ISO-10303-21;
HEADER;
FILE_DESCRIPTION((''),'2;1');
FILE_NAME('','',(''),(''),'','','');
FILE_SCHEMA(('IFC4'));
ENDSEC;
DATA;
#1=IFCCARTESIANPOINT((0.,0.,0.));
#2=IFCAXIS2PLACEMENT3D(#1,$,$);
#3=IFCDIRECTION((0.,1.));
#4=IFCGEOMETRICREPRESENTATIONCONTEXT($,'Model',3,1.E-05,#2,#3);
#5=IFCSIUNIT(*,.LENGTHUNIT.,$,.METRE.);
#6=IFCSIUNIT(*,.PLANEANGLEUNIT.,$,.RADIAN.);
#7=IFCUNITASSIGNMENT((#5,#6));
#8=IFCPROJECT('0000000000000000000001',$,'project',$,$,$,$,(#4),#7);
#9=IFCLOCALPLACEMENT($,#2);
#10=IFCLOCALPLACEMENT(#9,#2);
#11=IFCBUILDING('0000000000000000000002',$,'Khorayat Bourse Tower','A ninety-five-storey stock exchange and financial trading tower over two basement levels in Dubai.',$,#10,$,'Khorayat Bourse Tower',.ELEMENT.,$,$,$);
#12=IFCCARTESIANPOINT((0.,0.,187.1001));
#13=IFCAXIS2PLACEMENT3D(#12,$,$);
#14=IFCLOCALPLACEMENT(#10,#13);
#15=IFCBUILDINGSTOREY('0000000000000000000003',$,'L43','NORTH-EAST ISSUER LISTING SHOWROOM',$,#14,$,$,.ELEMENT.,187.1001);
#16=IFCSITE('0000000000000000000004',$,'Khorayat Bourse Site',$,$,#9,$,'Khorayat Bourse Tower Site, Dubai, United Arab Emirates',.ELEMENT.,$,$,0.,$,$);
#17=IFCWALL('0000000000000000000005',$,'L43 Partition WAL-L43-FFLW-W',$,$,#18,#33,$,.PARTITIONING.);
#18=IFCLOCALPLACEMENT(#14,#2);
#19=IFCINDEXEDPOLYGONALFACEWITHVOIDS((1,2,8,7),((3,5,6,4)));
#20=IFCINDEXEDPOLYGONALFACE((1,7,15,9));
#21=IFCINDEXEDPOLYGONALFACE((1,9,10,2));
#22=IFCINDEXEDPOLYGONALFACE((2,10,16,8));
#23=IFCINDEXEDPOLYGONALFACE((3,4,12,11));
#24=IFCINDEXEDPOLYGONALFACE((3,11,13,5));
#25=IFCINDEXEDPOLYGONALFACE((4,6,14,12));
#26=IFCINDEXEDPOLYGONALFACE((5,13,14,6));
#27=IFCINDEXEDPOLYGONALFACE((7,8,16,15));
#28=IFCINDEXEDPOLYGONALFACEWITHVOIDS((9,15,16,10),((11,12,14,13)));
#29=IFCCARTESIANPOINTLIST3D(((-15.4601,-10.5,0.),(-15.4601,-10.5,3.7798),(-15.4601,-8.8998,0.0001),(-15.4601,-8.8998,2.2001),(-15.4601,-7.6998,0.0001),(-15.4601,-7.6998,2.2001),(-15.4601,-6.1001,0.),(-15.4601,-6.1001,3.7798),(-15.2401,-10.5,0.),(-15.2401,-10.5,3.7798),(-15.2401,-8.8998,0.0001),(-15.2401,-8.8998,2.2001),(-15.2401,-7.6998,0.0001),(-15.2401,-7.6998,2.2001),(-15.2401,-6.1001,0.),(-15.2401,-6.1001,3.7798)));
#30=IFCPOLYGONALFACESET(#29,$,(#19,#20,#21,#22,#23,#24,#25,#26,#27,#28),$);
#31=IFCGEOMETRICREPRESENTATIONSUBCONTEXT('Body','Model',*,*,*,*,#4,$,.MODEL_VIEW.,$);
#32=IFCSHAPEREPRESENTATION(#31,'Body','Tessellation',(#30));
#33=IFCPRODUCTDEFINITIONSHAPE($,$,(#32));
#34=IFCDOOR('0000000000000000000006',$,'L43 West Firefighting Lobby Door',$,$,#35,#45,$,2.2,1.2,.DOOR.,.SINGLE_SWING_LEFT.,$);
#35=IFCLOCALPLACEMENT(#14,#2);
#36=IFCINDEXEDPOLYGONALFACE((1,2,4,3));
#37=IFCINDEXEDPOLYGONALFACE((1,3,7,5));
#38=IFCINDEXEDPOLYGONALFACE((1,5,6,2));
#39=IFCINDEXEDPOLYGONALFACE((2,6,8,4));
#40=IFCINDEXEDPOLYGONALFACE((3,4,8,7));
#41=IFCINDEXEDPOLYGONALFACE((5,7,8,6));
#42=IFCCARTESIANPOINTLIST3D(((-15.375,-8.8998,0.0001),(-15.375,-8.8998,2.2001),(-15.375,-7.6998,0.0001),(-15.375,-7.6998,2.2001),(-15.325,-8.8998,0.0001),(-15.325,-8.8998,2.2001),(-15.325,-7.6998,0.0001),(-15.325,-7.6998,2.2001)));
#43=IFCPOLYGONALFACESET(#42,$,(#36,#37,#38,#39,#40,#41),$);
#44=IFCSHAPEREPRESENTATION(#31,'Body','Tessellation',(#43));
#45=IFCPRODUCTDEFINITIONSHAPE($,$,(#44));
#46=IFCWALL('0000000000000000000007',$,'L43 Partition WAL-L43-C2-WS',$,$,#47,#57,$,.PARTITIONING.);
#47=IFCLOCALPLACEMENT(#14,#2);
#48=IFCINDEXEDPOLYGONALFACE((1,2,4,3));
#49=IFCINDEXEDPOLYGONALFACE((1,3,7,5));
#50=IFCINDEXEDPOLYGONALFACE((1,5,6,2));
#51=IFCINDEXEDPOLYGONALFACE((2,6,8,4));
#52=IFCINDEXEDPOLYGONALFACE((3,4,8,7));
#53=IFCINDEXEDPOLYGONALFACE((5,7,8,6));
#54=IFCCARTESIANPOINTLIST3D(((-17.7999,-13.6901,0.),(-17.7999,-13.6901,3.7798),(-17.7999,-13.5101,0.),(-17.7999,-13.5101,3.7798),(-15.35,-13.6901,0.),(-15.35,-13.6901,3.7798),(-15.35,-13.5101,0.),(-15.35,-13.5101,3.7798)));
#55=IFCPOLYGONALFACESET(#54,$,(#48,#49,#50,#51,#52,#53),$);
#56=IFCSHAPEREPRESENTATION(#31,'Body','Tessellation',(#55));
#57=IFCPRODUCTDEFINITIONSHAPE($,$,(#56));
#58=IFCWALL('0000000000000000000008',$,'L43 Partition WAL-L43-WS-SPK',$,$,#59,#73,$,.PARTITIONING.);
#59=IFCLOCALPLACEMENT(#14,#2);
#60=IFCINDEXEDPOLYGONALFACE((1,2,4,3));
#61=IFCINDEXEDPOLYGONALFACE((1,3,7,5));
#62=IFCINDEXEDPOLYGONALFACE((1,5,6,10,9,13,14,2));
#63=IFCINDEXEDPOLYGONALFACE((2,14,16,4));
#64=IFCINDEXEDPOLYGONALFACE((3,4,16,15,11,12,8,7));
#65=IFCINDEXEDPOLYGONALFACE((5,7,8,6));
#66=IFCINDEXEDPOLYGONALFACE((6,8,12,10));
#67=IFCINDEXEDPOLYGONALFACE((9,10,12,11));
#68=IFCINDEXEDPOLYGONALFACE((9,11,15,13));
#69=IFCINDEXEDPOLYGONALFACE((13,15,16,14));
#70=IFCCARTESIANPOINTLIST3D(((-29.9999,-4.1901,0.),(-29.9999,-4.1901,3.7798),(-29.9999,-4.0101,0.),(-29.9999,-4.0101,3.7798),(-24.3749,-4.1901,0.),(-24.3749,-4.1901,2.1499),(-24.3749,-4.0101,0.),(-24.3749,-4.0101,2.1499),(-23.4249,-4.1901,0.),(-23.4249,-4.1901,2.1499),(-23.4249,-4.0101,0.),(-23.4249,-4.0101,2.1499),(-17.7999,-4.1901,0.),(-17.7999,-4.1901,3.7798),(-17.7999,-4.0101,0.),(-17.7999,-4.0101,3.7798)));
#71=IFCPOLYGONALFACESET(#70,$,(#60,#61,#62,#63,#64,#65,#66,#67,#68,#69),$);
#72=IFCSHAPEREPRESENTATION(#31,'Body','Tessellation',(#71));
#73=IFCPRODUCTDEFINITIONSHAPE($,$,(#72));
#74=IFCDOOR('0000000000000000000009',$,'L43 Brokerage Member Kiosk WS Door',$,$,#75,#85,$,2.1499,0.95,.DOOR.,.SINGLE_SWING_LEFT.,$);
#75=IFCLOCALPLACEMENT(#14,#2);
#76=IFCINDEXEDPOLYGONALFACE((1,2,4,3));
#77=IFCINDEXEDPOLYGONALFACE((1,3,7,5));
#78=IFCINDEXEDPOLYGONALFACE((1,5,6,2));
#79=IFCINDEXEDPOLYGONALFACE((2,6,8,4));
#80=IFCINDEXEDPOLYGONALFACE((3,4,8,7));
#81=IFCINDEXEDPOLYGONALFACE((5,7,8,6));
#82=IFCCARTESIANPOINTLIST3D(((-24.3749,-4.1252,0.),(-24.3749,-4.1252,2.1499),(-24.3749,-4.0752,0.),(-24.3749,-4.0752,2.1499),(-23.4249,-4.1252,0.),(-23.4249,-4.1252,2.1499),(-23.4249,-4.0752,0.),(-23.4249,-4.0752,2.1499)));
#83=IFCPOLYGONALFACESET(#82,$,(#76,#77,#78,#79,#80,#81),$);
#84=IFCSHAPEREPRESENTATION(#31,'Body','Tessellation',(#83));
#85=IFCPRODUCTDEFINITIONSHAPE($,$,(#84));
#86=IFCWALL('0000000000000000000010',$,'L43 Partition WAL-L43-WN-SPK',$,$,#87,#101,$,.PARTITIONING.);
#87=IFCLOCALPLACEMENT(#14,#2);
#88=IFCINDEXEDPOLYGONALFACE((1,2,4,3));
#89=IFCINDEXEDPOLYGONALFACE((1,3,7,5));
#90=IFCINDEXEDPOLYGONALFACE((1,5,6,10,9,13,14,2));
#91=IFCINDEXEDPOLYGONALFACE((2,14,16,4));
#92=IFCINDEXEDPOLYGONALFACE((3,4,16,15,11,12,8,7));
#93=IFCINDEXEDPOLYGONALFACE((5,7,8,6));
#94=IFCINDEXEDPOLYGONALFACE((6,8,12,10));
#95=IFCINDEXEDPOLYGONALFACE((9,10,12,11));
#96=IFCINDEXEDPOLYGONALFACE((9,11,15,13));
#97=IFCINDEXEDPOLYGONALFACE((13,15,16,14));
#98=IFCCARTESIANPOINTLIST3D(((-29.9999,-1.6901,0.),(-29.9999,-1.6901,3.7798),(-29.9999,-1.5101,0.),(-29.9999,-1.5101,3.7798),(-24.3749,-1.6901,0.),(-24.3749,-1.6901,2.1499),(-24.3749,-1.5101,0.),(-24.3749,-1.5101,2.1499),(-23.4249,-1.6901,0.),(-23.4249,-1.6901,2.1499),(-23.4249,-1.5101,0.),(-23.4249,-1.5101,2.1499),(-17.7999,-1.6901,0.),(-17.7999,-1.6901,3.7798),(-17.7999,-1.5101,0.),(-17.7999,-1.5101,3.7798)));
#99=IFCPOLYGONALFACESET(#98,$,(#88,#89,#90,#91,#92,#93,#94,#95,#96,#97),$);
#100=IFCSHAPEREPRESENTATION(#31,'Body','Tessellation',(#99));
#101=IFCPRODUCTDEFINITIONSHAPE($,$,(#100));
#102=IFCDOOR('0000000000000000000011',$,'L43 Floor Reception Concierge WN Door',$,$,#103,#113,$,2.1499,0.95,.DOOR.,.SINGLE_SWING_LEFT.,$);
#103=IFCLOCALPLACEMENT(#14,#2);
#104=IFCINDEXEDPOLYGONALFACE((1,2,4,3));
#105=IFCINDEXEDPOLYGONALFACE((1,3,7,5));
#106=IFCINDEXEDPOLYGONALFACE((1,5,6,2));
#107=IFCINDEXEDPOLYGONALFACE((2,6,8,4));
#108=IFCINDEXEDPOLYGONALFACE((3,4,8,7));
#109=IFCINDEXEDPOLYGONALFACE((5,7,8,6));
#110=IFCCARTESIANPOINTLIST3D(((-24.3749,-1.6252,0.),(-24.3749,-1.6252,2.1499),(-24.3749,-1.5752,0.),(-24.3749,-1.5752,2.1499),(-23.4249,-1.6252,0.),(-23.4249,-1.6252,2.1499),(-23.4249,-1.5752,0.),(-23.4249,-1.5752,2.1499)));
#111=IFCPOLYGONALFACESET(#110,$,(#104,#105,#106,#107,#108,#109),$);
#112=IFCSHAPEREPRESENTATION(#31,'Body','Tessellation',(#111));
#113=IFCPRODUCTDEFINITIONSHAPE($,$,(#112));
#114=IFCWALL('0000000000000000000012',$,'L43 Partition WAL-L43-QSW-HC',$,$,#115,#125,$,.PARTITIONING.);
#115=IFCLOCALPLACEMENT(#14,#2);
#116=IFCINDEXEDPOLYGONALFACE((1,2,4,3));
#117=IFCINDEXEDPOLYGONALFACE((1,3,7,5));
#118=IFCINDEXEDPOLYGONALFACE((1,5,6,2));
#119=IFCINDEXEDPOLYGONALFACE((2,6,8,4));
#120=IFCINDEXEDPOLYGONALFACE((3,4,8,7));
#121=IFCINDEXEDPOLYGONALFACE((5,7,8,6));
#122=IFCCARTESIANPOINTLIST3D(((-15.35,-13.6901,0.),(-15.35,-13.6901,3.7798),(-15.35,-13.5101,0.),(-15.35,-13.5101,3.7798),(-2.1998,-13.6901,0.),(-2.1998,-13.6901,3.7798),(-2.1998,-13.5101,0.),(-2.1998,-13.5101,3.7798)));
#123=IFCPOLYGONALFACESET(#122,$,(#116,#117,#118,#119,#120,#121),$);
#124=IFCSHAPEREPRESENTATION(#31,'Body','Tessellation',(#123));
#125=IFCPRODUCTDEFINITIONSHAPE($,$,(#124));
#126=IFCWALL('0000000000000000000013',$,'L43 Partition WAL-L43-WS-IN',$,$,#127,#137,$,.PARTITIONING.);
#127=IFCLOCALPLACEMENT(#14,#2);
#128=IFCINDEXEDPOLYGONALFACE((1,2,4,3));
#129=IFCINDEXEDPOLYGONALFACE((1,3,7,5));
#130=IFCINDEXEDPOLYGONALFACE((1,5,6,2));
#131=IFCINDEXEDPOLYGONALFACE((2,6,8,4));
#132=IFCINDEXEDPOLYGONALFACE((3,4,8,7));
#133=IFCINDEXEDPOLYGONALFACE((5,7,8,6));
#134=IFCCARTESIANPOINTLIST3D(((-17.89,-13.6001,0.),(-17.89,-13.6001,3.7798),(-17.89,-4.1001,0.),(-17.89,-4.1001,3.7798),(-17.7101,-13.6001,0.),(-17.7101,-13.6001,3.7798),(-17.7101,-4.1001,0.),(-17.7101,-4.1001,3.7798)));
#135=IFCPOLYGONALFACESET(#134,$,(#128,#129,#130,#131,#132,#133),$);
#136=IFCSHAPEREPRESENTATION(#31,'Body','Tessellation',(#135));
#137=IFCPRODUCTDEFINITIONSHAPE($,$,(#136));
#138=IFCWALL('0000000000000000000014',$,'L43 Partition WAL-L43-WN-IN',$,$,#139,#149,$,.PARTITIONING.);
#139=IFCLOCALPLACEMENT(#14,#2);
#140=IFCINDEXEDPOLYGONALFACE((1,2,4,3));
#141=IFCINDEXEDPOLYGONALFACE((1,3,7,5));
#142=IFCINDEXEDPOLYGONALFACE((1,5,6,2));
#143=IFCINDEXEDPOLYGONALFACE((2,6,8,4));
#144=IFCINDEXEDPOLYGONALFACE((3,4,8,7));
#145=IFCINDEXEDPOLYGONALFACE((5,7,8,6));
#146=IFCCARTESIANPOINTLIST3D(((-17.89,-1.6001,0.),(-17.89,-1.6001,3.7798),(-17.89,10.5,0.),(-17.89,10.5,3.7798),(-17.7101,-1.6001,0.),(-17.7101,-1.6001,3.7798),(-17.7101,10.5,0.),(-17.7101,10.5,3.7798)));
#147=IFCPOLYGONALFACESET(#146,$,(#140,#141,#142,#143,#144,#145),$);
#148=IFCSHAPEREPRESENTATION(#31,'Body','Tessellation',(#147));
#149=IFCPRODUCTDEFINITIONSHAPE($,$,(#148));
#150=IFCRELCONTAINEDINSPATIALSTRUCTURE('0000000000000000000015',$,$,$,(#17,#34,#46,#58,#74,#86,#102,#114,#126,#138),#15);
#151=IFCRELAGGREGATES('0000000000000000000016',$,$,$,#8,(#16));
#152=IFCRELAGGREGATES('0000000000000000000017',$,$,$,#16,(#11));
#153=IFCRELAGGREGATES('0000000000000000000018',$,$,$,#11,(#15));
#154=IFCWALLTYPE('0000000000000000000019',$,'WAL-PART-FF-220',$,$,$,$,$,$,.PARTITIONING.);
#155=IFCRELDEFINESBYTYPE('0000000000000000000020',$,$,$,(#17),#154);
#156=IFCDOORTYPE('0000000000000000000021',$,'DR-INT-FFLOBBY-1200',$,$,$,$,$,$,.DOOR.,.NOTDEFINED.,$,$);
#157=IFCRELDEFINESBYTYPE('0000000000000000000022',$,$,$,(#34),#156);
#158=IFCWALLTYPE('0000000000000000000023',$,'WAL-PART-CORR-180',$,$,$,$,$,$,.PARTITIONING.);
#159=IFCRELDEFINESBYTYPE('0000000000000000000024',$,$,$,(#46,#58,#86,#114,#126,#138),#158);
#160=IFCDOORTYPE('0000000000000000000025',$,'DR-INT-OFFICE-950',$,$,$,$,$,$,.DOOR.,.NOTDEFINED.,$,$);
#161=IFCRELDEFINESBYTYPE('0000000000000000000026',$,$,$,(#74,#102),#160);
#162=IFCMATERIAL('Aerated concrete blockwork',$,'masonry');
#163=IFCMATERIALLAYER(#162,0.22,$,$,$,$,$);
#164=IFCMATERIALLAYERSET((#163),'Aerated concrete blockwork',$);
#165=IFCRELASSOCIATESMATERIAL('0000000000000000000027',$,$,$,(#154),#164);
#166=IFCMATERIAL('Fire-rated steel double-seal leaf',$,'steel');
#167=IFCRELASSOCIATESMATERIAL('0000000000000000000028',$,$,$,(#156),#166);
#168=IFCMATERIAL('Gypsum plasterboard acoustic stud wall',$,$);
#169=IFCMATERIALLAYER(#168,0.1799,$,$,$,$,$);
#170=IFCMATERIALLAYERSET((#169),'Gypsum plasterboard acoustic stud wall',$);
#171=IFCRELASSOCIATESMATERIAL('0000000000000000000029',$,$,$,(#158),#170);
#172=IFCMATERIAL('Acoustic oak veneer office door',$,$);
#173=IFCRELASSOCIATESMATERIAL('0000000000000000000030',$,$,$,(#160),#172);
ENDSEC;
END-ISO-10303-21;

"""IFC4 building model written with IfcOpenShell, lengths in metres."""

from ifc_helpers import new_model, si_unit, direction, frame, frame_2d, origin, place, context, subcontext, project, spatial, rectangle, extrude, source, transform, mapped, material, layer, layer_set, type_object, element, fill, save


model = new_model("IFC4")

# Units and contexts
model_context = context("Model", 3, precision=1e-05, world=origin(), true_north=direction((0.0, 1.0)))
body_context = subcontext(model_context, "Body", "Model", "MODEL_VIEW")
ifc_project = project(units=[si_unit("LENGTHUNIT", "METRE"), si_unit("PLANEANGLEUNIT", "RADIAN")], contexts=[model_context])

# Site, building, storey
site_placement = place(None, origin())
site = spatial("IfcSite", under=ifc_project, at=site_placement, Name="Khorayat Bourse Site", LongName="Khorayat Bourse Tower Site, Dubai, United Arab Emirates", CompositionType="ELEMENT", RefElevation=0.0)
building_placement = place(site_placement, origin())
building = spatial("IfcBuilding", under=site, at=building_placement, Name="Khorayat Bourse Tower", Description="A ninety-five-storey stock exchange and financial trading tower over two basement levels in Dubai.", LongName="Khorayat Bourse Tower", CompositionType="ELEMENT")
storey_placement = place(building_placement, frame((0.0, 0.0, 187.1001)))
storey = spatial("IfcBuildingStorey", under=building, at=storey_placement, Name="L43", Description="NORTH-EAST ISSUER LISTING SHOWROOM", CompositionType="ELEMENT", Elevation=187.1001)

# Shared definitions
ifc_material_1 = material(Name="Aerated concrete blockwork", Category="masonry")
ifc_layer_1 = layer(ifc_material_1, 0.22)
ifc_layer_set_1 = layer_set([ifc_layer_1], Name="Aerated concrete blockwork")
wall_type_1 = type_object("IfcWallType", Name="WAL-PART-FF-220", PredefinedType="PARTITIONING", material=ifc_layer_set_1)

# Wall, opening, door
shared_shape_1 = source(origin(), body_context, "Body", "SweptSolid", [
    extrude(rectangle(XDim=4.3999, YDim=0.22, at=frame_2d((2.2, 0.0))), origin(), (0.0, 0.0, 1.0), 3.7798),
])
wall_1_placement = place(storey_placement, frame((-15.3501, -10.5, 0.0), z_axis=(0.0, 0.0, 1.0), x_axis=(0.0, 1.0, 0.0)))
wall_1 = element("IfcWall", 1, at=wall_1_placement, inside=storey, type_object=wall_type_1, Name="L43 Partition WAL-L43-FFLW-W", PredefinedType="PARTITIONING", context=body_context, shape_type="MappedRepresentation", body=[
    mapped(shared_shape_1, transform((0.0, 0.0, 0.0), scale=1.0)),
])
shared_shape_2 = source(origin(), body_context, "Body", "SweptSolid", [
    extrude(rectangle(XDim=1.2, YDim=2.2, at=frame_2d((0.6001, 1.1001))), frame((0.0, 0.1199, 0.0), z_axis=(0.0, -1.0, 0.0), x_axis=(1.0, 0.0, 0.0)), (0.0, 0.0, 1.0), 0.24),
])
opening_1_placement = place(wall_1_placement, frame((1.6001, 0.0, 0.0)))
opening_1 = element("IfcOpeningElement", 2, at=opening_1_placement, cuts=wall_1, PredefinedType="OPENING", context=body_context, shape_type="MappedRepresentation", body=[
    mapped(shared_shape_2, transform((0.0, 0.0, 0.0), scale=1.0)),
])
ifc_material_2 = material(Name="Fire-rated steel double-seal leaf", Category="steel")
door_type_1 = type_object("IfcDoorType", Name="DR-INT-FFLOBBY-1200", OperationType="NOTDEFINED", PredefinedType="DOOR", material=ifc_material_2)
shared_shape_3 = source(origin(), body_context, "Body", "SweptSolid", [
    extrude(rectangle(XDim=1.2, YDim=2.2, at=frame_2d((0.6001, 1.1001))), frame((0.0, 0.0249, 0.0), z_axis=(0.0, -1.0, 0.0), x_axis=(1.0, 0.0, 0.0)), (0.0, 0.0, 1.0), 0.05),
])
door_1_placement = place(opening_1_placement, origin())
door_1 = element("IfcDoor", 3, at=door_1_placement, inside=storey, type_object=door_type_1, Name="L43 West Firefighting Lobby Door", OperationType="SINGLE_SWING_LEFT", OverallHeight=2.2, OverallWidth=1.2, PredefinedType="DOOR", context=body_context, shape_type="MappedRepresentation", body=[
    mapped(shared_shape_3, transform((0.0, 0.0, 0.0), scale=1.0)),
])
fill(opening_1, door_1)

# Wall
ifc_material_3 = material(Name="Gypsum plasterboard acoustic stud wall")
ifc_layer_2 = layer(ifc_material_3, 0.1799)
ifc_layer_set_2 = layer_set([ifc_layer_2], Name="Gypsum plasterboard acoustic stud wall")
wall_type_2 = type_object("IfcWallType", Name="WAL-PART-CORR-180", PredefinedType="PARTITIONING", material=ifc_layer_set_2)
shared_shape_4 = source(origin(), body_context, "Body", "SweptSolid", [
    extrude(rectangle(XDim=2.45, YDim=0.1799, at=frame_2d((1.2251, 0.0))), origin(), (0.0, 0.0, 1.0), 3.7798),
])
wall_2_placement = place(storey_placement, frame((-17.8, -13.6001, 0.0), z_axis=(0.0, 0.0, 1.0), x_axis=(1.0, 0.0, 0.0)))
element("IfcWall", 4, at=wall_2_placement, inside=storey, type_object=wall_type_2, Name="L43 Partition WAL-L43-C2-WS", PredefinedType="PARTITIONING", context=body_context, shape_type="MappedRepresentation", body=[
    mapped(shared_shape_4, transform((0.0, 0.0, 0.0), scale=1.0)),
])

# Walls, openings, doors
shared_shape_5 = source(origin(), body_context, "Body", "SweptSolid", [
    extrude(rectangle(XDim=12.2, YDim=0.1799, at=frame_2d((6.1001, 0.0))), origin(), (0.0, 0.0, 1.0), 3.7798),
])
wall_3_placement = place(storey_placement, frame((-30.0, -4.1001, 0.0), z_axis=(0.0, 0.0, 1.0), x_axis=(1.0, 0.0, 0.0)))
wall_3 = element("IfcWall", 5, at=wall_3_placement, inside=storey, type_object=wall_type_2, Name="L43 Partition WAL-L43-WS-SPK", PredefinedType="PARTITIONING", context=body_context, shape_type="MappedRepresentation", body=[
    mapped(shared_shape_5, transform((0.0, 0.0, 0.0), scale=1.0)),
])
shared_shape_6 = source(origin(), body_context, "Body", "SweptSolid", [
    extrude(rectangle(XDim=0.95, YDim=2.1499, at=frame_2d((0.4751, 1.075))), frame((0.0, 0.0999, 0.0), z_axis=(0.0, -1.0, 0.0), x_axis=(1.0, 0.0, 0.0)), (0.0, 0.0, 1.0), 0.2),
])
opening_2_placement = place(wall_3_placement, frame((5.625, 0.0, 0.0)))
opening_2 = element("IfcOpeningElement", 6, at=opening_2_placement, cuts=wall_3, PredefinedType="OPENING", context=body_context, shape_type="MappedRepresentation", body=[
    mapped(shared_shape_6, transform((0.0, 0.0, 0.0), scale=1.0)),
])
ifc_material_4 = material(Name="Acoustic oak veneer office door")
door_type_2 = type_object("IfcDoorType", Name="DR-INT-OFFICE-950", OperationType="NOTDEFINED", PredefinedType="DOOR", material=ifc_material_4)
shared_shape_7 = source(origin(), body_context, "Body", "SweptSolid", [
    extrude(rectangle(XDim=0.95, YDim=2.1499, at=frame_2d((0.4751, 1.075))), frame((0.0, 0.0249, 0.0), z_axis=(0.0, -1.0, 0.0), x_axis=(1.0, 0.0, 0.0)), (0.0, 0.0, 1.0), 0.05),
])
door_2_placement = place(opening_2_placement, origin())
door_2 = element("IfcDoor", 7, at=door_2_placement, inside=storey, type_object=door_type_2, Name="L43 Brokerage Member Kiosk WS Door", OperationType="SINGLE_SWING_LEFT", OverallHeight=2.1499, OverallWidth=0.95, PredefinedType="DOOR", context=body_context, shape_type="MappedRepresentation", body=[
    mapped(shared_shape_7, transform((0.0, 0.0, 0.0), scale=1.0)),
])
fill(opening_2, door_2)
wall_4_placement = place(storey_placement, frame((-30.0, -1.6001, 0.0), z_axis=(0.0, 0.0, 1.0), x_axis=(1.0, 0.0, 0.0)))
wall_4 = element("IfcWall", 8, at=wall_4_placement, inside=storey, type_object=wall_type_2, Name="L43 Partition WAL-L43-WN-SPK", PredefinedType="PARTITIONING", context=body_context, shape_type="MappedRepresentation", body=[
    mapped(shared_shape_5, transform((0.0, 0.0, 0.0), scale=1.0)),
])
opening_3_placement = place(wall_4_placement, frame((5.625, 0.0, 0.0)))
opening_3 = element("IfcOpeningElement", 9, at=opening_3_placement, cuts=wall_4, PredefinedType="OPENING", context=body_context, shape_type="MappedRepresentation", body=[
    mapped(shared_shape_6, transform((0.0, 0.0, 0.0), scale=1.0)),
])
door_3_placement = place(opening_3_placement, origin())
door_3 = element("IfcDoor", 10, at=door_3_placement, inside=storey, type_object=door_type_2, Name="L43 Floor Reception Concierge WN Door", OperationType="SINGLE_SWING_LEFT", OverallHeight=2.1499, OverallWidth=0.95, PredefinedType="DOOR", context=body_context, shape_type="MappedRepresentation", body=[
    mapped(shared_shape_7, transform((0.0, 0.0, 0.0), scale=1.0)),
])
fill(opening_3, door_3)

# Walls
shared_shape_8 = source(origin(), body_context, "Body", "SweptSolid", [
    extrude(rectangle(XDim=13.1501, YDim=0.1799, at=frame_2d((6.5752, 0.0))), origin(), (0.0, 0.0, 1.0), 3.7798),
])
wall_5_placement = place(storey_placement, frame((-15.3501, -13.6001, 0.0), z_axis=(0.0, 0.0, 1.0), x_axis=(1.0, 0.0, 0.0)))
element("IfcWall", 11, at=wall_5_placement, inside=storey, type_object=wall_type_2, Name="L43 Partition WAL-L43-QSW-HC", PredefinedType="PARTITIONING", context=body_context, shape_type="MappedRepresentation", body=[
    mapped(shared_shape_8, transform((0.0, 0.0, 0.0), scale=1.0)),
])
shared_shape_9 = source(origin(), body_context, "Body", "SweptSolid", [
    extrude(rectangle(XDim=9.5, YDim=0.1799, at=frame_2d((4.75, 0.0))), origin(), (0.0, 0.0, 1.0), 3.7798),
])
wall_6_placement = place(storey_placement, frame((-17.8, -13.6001, 0.0), z_axis=(0.0, 0.0, 1.0), x_axis=(0.0, 1.0, 0.0)))
element("IfcWall", 12, at=wall_6_placement, inside=storey, type_object=wall_type_2, Name="L43 Partition WAL-L43-WS-IN", PredefinedType="PARTITIONING", context=body_context, shape_type="MappedRepresentation", body=[
    mapped(shared_shape_9, transform((0.0, 0.0, 0.0), scale=1.0)),
])
shared_shape_10 = source(origin(), body_context, "Body", "SweptSolid", [
    extrude(rectangle(XDim=12.1001, YDim=0.1799, at=frame_2d((6.05, 0.0))), origin(), (0.0, 0.0, 1.0), 3.7798),
])
wall_7_placement = place(storey_placement, frame((-17.8, -1.6001, 0.0), z_axis=(0.0, 0.0, 1.0), x_axis=(0.0, 1.0, 0.0)))
element("IfcWall", 13, at=wall_7_placement, inside=storey, type_object=wall_type_2, Name="L43 Partition WAL-L43-WN-IN", PredefinedType="PARTITIONING", context=body_context, shape_type="MappedRepresentation", body=[
    mapped(shared_shape_10, transform((0.0, 0.0, 0.0), scale=1.0)),
])

save(model, "model.ifc")
